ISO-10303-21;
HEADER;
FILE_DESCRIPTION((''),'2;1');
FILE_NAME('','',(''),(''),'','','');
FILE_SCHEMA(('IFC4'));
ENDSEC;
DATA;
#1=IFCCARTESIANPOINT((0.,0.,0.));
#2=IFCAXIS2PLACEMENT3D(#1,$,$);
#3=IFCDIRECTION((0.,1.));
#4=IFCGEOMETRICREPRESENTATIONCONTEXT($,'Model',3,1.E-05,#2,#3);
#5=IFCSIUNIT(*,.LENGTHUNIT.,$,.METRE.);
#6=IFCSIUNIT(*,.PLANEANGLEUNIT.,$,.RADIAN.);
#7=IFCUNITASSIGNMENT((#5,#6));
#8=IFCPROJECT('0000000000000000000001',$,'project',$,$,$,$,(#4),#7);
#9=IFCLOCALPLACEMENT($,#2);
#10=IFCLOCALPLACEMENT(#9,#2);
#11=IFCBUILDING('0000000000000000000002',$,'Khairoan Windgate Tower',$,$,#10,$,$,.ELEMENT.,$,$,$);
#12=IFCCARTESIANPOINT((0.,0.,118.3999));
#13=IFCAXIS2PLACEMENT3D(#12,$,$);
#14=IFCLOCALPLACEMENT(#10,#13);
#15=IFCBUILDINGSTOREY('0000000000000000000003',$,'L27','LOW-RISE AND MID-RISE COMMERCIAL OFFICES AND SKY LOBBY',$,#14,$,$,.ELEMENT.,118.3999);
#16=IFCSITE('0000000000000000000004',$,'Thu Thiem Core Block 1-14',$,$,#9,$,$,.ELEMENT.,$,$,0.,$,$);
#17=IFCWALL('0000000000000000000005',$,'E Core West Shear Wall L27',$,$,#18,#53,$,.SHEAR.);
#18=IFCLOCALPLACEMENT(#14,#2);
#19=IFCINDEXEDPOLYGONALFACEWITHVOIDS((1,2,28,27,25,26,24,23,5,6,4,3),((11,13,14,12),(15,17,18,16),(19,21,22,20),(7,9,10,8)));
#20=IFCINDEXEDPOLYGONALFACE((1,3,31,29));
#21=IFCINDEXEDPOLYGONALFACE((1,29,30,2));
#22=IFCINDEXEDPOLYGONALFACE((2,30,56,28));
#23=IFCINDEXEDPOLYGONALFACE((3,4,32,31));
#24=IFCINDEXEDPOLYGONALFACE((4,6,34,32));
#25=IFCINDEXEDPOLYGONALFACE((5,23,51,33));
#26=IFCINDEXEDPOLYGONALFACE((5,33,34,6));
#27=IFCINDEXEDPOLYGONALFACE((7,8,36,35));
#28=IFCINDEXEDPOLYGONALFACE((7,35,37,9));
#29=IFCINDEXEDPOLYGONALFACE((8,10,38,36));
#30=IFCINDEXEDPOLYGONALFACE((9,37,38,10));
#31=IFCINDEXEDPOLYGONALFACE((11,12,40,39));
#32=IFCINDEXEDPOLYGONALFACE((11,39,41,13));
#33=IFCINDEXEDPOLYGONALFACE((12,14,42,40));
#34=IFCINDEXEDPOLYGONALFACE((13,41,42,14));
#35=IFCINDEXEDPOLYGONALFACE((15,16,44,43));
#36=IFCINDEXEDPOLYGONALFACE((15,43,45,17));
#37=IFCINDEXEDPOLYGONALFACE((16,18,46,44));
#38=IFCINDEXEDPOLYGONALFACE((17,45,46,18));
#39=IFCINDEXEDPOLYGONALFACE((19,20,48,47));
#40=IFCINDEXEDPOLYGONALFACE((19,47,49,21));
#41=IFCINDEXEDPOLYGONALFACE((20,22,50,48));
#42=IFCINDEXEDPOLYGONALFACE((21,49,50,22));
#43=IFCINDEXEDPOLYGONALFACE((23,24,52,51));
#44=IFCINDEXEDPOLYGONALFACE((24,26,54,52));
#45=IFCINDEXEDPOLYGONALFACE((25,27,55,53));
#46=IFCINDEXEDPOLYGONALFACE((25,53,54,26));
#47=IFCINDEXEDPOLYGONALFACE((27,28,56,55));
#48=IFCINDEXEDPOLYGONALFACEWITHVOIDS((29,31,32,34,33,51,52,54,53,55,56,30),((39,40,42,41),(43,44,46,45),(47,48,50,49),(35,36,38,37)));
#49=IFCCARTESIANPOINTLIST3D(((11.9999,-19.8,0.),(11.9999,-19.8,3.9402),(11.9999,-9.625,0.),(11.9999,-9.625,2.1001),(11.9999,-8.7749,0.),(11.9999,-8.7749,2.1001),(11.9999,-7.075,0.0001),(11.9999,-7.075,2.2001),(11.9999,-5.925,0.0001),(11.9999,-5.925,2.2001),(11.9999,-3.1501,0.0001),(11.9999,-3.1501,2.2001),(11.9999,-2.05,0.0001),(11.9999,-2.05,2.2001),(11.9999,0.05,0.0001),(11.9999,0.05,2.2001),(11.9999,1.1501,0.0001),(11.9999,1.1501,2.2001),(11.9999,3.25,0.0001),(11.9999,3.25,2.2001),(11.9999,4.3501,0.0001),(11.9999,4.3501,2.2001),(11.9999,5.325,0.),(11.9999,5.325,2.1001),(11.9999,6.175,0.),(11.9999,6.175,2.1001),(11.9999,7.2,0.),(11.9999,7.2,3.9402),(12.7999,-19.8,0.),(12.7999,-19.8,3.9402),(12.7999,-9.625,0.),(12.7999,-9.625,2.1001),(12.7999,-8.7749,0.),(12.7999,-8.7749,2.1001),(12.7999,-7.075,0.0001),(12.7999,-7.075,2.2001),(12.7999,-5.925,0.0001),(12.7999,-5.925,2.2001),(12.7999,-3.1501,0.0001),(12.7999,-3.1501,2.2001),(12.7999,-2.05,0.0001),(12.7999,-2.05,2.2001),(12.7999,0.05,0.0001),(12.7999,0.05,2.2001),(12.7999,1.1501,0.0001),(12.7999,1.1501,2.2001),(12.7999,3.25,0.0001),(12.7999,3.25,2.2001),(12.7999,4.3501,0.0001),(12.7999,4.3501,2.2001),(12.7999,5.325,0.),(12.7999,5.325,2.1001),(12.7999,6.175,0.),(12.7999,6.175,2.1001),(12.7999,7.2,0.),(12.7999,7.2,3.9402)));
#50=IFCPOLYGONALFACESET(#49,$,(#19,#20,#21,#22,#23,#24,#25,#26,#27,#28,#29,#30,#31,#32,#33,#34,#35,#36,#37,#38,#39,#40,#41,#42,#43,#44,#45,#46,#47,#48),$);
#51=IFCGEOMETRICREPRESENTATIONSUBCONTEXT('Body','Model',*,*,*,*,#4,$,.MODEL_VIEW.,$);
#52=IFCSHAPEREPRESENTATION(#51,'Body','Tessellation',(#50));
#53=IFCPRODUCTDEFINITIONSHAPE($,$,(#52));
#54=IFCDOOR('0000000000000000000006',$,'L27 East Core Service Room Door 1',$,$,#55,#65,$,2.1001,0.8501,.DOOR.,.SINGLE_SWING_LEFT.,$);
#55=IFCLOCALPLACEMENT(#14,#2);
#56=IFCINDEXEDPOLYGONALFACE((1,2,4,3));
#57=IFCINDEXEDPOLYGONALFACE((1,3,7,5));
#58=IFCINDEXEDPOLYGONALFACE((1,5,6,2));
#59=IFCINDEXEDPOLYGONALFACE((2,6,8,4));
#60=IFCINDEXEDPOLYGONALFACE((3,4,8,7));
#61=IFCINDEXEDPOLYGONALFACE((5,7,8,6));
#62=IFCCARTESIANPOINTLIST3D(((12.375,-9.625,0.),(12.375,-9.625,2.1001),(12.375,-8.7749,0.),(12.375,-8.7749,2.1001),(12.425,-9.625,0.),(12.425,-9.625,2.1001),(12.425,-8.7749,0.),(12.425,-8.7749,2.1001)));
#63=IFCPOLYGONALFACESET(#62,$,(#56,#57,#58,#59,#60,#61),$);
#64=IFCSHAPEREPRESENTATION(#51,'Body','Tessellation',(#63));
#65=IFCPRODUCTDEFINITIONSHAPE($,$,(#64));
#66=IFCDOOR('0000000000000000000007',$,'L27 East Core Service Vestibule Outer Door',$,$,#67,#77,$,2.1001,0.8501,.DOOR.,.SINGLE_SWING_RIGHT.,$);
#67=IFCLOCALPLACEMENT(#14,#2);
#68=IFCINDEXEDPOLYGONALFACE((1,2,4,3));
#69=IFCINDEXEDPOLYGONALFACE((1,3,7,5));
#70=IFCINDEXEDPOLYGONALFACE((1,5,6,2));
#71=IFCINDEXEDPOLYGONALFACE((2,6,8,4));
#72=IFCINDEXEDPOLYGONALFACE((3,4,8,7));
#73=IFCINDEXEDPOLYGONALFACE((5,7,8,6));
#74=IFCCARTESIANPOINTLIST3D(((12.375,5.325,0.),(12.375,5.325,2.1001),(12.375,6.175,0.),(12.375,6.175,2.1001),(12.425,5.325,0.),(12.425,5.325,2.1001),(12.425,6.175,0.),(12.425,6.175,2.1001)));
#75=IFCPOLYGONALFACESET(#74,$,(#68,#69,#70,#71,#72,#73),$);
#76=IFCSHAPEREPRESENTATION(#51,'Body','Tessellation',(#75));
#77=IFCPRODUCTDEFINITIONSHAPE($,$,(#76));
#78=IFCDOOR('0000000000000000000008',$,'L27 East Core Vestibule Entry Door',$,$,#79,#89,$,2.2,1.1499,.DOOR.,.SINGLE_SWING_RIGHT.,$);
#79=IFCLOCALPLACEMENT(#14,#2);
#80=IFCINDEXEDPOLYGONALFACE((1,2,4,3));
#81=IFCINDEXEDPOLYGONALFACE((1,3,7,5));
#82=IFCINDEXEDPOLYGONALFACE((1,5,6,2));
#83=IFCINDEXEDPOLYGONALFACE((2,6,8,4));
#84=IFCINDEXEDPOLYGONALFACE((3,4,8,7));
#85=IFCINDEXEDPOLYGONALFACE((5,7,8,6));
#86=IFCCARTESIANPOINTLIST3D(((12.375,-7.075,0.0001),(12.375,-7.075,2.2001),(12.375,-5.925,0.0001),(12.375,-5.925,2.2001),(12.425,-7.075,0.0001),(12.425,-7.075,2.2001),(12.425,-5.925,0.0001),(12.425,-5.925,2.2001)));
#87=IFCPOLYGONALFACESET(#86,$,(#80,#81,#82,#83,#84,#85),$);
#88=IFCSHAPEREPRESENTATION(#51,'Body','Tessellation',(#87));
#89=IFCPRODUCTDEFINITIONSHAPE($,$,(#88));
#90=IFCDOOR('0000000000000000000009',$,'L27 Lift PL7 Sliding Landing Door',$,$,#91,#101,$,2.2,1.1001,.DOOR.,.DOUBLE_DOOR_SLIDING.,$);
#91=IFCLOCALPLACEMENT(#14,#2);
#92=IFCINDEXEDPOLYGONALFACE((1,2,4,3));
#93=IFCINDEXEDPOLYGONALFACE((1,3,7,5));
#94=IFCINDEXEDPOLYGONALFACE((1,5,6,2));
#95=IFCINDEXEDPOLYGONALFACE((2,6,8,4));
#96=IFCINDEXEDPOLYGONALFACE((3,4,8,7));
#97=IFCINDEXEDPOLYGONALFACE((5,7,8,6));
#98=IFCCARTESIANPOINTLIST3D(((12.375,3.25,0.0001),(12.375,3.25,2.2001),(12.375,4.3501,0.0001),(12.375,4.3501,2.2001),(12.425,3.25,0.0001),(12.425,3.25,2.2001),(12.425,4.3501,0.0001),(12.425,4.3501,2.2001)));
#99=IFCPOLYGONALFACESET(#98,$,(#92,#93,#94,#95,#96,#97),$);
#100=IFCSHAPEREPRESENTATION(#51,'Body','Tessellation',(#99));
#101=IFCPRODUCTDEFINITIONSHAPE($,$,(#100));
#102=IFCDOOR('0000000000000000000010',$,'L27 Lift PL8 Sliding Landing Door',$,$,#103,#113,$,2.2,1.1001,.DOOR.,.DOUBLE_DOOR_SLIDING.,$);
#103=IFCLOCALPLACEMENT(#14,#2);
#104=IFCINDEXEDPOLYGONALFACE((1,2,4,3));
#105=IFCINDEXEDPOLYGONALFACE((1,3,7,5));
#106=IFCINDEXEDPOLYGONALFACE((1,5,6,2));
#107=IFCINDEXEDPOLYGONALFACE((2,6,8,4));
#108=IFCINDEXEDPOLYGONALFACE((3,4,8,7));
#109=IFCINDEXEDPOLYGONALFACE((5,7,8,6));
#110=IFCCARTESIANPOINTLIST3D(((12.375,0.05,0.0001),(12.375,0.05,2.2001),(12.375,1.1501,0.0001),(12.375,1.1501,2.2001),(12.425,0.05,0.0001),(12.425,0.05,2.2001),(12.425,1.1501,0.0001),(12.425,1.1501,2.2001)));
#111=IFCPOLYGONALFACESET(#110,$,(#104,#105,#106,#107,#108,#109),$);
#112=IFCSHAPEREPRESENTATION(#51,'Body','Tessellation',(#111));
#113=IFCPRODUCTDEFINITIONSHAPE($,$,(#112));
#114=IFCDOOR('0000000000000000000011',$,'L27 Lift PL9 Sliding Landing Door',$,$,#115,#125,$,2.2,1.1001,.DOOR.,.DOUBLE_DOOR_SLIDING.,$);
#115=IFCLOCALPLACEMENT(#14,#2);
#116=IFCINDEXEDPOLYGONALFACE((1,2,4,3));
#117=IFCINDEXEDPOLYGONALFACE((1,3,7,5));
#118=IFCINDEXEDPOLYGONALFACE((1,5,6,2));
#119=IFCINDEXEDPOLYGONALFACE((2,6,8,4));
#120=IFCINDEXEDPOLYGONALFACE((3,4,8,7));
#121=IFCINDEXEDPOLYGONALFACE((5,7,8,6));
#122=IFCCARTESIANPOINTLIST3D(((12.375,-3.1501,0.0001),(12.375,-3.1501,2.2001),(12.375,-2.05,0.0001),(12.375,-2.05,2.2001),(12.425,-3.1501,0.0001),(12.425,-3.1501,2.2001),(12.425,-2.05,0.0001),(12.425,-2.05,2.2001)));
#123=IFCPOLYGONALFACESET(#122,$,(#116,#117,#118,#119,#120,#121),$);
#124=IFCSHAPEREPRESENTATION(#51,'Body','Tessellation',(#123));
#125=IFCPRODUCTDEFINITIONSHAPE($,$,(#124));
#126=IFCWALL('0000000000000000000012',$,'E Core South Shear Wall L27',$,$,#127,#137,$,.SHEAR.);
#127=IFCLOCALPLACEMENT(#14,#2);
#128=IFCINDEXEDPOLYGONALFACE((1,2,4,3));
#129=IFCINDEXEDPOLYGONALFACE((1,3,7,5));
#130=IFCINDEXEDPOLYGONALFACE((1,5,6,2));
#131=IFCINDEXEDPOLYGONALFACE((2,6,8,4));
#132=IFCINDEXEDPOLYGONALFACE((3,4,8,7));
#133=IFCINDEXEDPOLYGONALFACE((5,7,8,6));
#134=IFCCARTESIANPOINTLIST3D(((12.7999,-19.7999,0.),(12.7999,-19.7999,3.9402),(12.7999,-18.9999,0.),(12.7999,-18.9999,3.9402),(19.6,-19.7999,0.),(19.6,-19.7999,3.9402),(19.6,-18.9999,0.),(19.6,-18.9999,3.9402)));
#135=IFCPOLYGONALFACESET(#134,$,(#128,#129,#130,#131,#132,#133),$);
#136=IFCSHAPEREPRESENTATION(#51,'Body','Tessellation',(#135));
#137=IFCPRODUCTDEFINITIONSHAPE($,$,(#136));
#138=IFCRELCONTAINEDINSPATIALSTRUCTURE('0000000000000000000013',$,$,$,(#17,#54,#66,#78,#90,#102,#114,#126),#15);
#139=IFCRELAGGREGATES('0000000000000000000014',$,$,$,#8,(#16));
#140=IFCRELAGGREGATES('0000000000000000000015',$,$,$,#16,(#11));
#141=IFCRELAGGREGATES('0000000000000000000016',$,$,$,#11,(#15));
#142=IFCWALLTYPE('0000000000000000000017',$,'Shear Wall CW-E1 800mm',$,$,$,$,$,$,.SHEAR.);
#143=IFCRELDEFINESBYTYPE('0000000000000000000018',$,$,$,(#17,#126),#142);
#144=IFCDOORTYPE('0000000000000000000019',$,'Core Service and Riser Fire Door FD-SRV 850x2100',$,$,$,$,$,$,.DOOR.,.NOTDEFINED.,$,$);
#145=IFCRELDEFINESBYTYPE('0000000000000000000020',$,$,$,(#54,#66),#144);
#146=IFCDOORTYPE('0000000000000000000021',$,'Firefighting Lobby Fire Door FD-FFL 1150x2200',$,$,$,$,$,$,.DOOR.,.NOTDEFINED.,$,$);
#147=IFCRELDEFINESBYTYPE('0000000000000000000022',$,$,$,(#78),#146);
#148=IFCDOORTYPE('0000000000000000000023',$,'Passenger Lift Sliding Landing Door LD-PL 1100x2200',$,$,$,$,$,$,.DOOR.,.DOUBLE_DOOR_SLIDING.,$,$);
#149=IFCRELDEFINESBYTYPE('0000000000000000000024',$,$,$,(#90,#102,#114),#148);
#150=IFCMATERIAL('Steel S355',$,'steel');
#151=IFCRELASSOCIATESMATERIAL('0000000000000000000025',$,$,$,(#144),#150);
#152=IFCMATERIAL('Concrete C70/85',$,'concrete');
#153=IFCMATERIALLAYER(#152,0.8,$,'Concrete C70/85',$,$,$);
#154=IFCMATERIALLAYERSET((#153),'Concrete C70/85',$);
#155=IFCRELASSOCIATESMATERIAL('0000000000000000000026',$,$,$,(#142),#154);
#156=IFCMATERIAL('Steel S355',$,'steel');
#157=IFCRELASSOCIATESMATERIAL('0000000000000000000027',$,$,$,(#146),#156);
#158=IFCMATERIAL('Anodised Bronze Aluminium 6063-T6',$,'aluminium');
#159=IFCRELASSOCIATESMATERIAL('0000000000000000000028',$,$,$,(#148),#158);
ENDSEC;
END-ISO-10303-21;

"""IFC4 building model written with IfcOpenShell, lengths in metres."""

from ifc_helpers import new_model, si_unit, direction, frame, frame_2d, origin, place, context, subcontext, project, spatial, rectangle, extrude, material, layer, layer_set, type_object, element, fill, save


model = new_model("IFC4")

# Units and contexts
model_context = context("Model", 3, precision=1e-05, world=origin(), true_north=direction((0.0, 1.0)))
body_context = subcontext(model_context, "Body", "Model", "MODEL_VIEW")
ifc_project = project(units=[si_unit("LENGTHUNIT", "METRE"), si_unit("PLANEANGLEUNIT", "RADIAN")], contexts=[model_context])

# Site, building, storey
site_placement = place(None, origin())
site = spatial("IfcSite", under=ifc_project, at=site_placement, Name="Thu Thiem Core Block 1-14", CompositionType="ELEMENT", RefElevation=0.0)
building_placement = place(site_placement, origin())
building = spatial("IfcBuilding", under=site, at=building_placement, Name="Khairoan Windgate Tower", CompositionType="ELEMENT")
storey_placement = place(building_placement, frame((0.0, 0.0, 118.3999)))
storey = spatial("IfcBuildingStorey", under=building, at=storey_placement, Name="L27", Description="LOW-RISE AND MID-RISE COMMERCIAL OFFICES AND SKY LOBBY", CompositionType="ELEMENT", Elevation=118.3999)

# Shared definitions
ifc_material_1 = material(Name="Steel S355", Category="steel")
door_type_1 = type_object("IfcDoorType", Name="Core Service and Riser Fire Door FD-SRV 850x2100", OperationType="NOTDEFINED", PredefinedType="DOOR", material=ifc_material_1)

# Wall, openings, doors
ifc_material_2 = material(Name="Concrete C70/85", Category="concrete")
ifc_layer_1 = layer(ifc_material_2, 0.8, Name="Concrete C70/85")
ifc_layer_set_1 = layer_set([ifc_layer_1], Name="Concrete C70/85")
wall_type_1 = type_object("IfcWallType", Name="Shear Wall CW-E1 800mm", PredefinedType="SHEAR", material=ifc_layer_set_1)
wall_1_placement = place(storey_placement, frame((12.3999, -19.8, 0.0), z_axis=(0.0, 0.0, 1.0), x_axis=(0.0, 1.0, 0.0)))
wall_1 = element("IfcWall", 1, at=wall_1_placement, inside=storey, type_object=wall_type_1, Name="E Core West Shear Wall L27", PredefinedType="SHEAR", context=body_context, shape_type="SweptSolid", body=[
    extrude(rectangle(XDim=27.0, YDim=0.8, at=frame_2d((13.5, 0.0))), origin(), (0.0, 0.0, 1.0), 3.9402),
])
opening_1_placement = place(wall_1_placement, frame((23.05, 0.0, 0.0)))
opening_1 = element("IfcOpeningElement", 2, at=opening_1_placement, cuts=wall_1, PredefinedType="OPENING", context=body_context, shape_type="SweptSolid", body=[
    extrude(rectangle(XDim=1.1001, YDim=2.2, at=frame_2d((0.55, 1.1001))), frame((0.0, 0.4099, 0.0), z_axis=(0.0, -1.0, 0.0), x_axis=(1.0, 0.0, 0.0)), (0.0, 0.0, 1.0), 0.8201),
])
opening_2_placement = place(wall_1_placement, frame((19.8501, 0.0, 0.0)))
opening_2 = element("IfcOpeningElement", 3, at=opening_2_placement, cuts=wall_1, PredefinedType="OPENING", context=body_context, shape_type="SweptSolid", body=[
    extrude(rectangle(XDim=1.1001, YDim=2.2, at=frame_2d((0.55, 1.1001))), frame((0.0, 0.4099, 0.0), z_axis=(0.0, -1.0, 0.0), x_axis=(1.0, 0.0, 0.0)), (0.0, 0.0, 1.0), 0.8201),
])
opening_3_placement = place(wall_1_placement, frame((16.6499, 0.0, 0.0)))
opening_3 = element("IfcOpeningElement", 4, at=opening_3_placement, cuts=wall_1, PredefinedType="OPENING", context=body_context, shape_type="SweptSolid", body=[
    extrude(rectangle(XDim=1.1001, YDim=2.2, at=frame_2d((0.55, 1.1001))), frame((0.0, 0.4099, 0.0), z_axis=(0.0, -1.0, 0.0), x_axis=(1.0, 0.0, 0.0)), (0.0, 0.0, 1.0), 0.8201),
])
opening_4_placement = place(wall_1_placement, frame((10.175, 0.0, 0.0)))
opening_4 = element("IfcOpeningElement", 5, at=opening_4_placement, cuts=wall_1, PredefinedType="OPENING", context=body_context, shape_type="SweptSolid", body=[
    extrude(rectangle(XDim=0.8501, YDim=2.1001, at=frame_2d((0.425, 1.05))), frame((0.0, 0.4099, 0.0), z_axis=(0.0, -1.0, 0.0), x_axis=(1.0, 0.0, 0.0)), (0.0, 0.0, 1.0), 0.8201),
])
opening_5_placement = place(wall_1_placement, frame((12.7251, 0.0, 0.0)))
opening_5 = element("IfcOpeningElement", 6, at=opening_5_placement, cuts=wall_1, PredefinedType="OPENING", context=body_context, shape_type="SweptSolid", body=[
    extrude(rectangle(XDim=1.1499, YDim=2.2, at=frame_2d((0.575, 1.1001))), frame((0.0, 0.4099, 0.0), z_axis=(0.0, -1.0, 0.0), x_axis=(1.0, 0.0, 0.0)), (0.0, 0.0, 1.0), 0.8201),
])
opening_6_placement = place(wall_1_placement, frame((25.125, 0.0, 0.0)))
opening_6 = element("IfcOpeningElement", 7, at=opening_6_placement, cuts=wall_1, PredefinedType="OPENING", context=body_context, shape_type="SweptSolid", body=[
    extrude(rectangle(XDim=0.8501, YDim=2.1001, at=frame_2d((0.425, 1.05))), frame((0.0, 0.4099, 0.0), z_axis=(0.0, -1.0, 0.0), x_axis=(1.0, 0.0, 0.0)), (0.0, 0.0, 1.0), 0.8201),
])
door_1_placement = place(opening_4_placement, origin())
door_1 = element("IfcDoor", 8, at=door_1_placement, inside=storey, type_object=door_type_1, Name="L27 East Core Service Room Door 1", OperationType="SINGLE_SWING_LEFT", OverallHeight=2.1001, OverallWidth=0.8501, PredefinedType="DOOR", context=body_context, shape_type="SweptSolid", body=[
    extrude(rectangle(XDim=0.8501, YDim=2.1001, at=frame_2d((0.425, 1.05))), frame((0.0, 0.0249, 0.0), z_axis=(0.0, -1.0, 0.0), x_axis=(1.0, 0.0, 0.0)), (0.0, 0.0, 1.0), 0.05),
])
fill(opening_4, door_1)
door_2_placement = place(opening_6_placement, origin())
door_2 = element("IfcDoor", 9, at=door_2_placement, inside=storey, type_object=door_type_1, Name="L27 East Core Service Vestibule Outer Door", OperationType="SINGLE_SWING_RIGHT", OverallHeight=2.1001, OverallWidth=0.8501, PredefinedType="DOOR", context=body_context, shape_type="SweptSolid", body=[
    extrude(rectangle(XDim=0.8501, YDim=2.1001, at=frame_2d((0.425, 1.05))), frame((0.0, 0.0249, 0.0), z_axis=(0.0, -1.0, 0.0), x_axis=(1.0, 0.0, 0.0)), (0.0, 0.0, 1.0), 0.05),
])
fill(opening_6, door_2)
ifc_material_3 = material(Name="Steel S355", Category="steel")
door_type_2 = type_object("IfcDoorType", Name="Firefighting Lobby Fire Door FD-FFL 1150x2200", OperationType="NOTDEFINED", PredefinedType="DOOR", material=ifc_material_3)
door_3_placement = place(opening_5_placement, origin())
door_3 = element("IfcDoor", 10, at=door_3_placement, inside=storey, type_object=door_type_2, Name="L27 East Core Vestibule Entry Door", OperationType="SINGLE_SWING_RIGHT", OverallHeight=2.2, OverallWidth=1.1499, PredefinedType="DOOR", context=body_context, shape_type="SweptSolid", body=[
    extrude(rectangle(XDim=1.1499, YDim=2.2, at=frame_2d((0.575, 1.1001))), frame((0.0, 0.0249, 0.0), z_axis=(0.0, -1.0, 0.0), x_axis=(1.0, 0.0, 0.0)), (0.0, 0.0, 1.0), 0.05),
])
fill(opening_5, door_3)
ifc_material_4 = material(Name="Anodised Bronze Aluminium 6063-T6", Category="aluminium")
door_type_3 = type_object("IfcDoorType", Name="Passenger Lift Sliding Landing Door LD-PL 1100x2200", OperationType="DOUBLE_DOOR_SLIDING", PredefinedType="DOOR", material=ifc_material_4)
door_4_placement = place(opening_1_placement, origin())
door_4 = element("IfcDoor", 11, at=door_4_placement, inside=storey, type_object=door_type_3, Name="L27 Lift PL7 Sliding Landing Door", OperationType="DOUBLE_DOOR_SLIDING", OverallHeight=2.2, OverallWidth=1.1001, PredefinedType="DOOR", context=body_context, shape_type="SweptSolid", body=[
    extrude(rectangle(XDim=1.1001, YDim=2.2, at=frame_2d((0.55, 1.1001))), frame((0.0, 0.0249, 0.0), z_axis=(0.0, -1.0, 0.0), x_axis=(1.0, 0.0, 0.0)), (0.0, 0.0, 1.0), 0.05),
])
fill(opening_1, door_4)
door_5_placement = place(opening_2_placement, origin())
door_5 = element("IfcDoor", 12, at=door_5_placement, inside=storey, type_object=door_type_3, Name="L27 Lift PL8 Sliding Landing Door", OperationType="DOUBLE_DOOR_SLIDING", OverallHeight=2.2, OverallWidth=1.1001, PredefinedType="DOOR", context=body_context, shape_type="SweptSolid", body=[
    extrude(rectangle(XDim=1.1001, YDim=2.2, at=frame_2d((0.55, 1.1001))), frame((0.0, 0.0249, 0.0), z_axis=(0.0, -1.0, 0.0), x_axis=(1.0, 0.0, 0.0)), (0.0, 0.0, 1.0), 0.05),
])
fill(opening_2, door_5)
door_6_placement = place(opening_3_placement, origin())
door_6 = element("IfcDoor", 13, at=door_6_placement, inside=storey, type_object=door_type_3, Name="L27 Lift PL9 Sliding Landing Door", OperationType="DOUBLE_DOOR_SLIDING", OverallHeight=2.2, OverallWidth=1.1001, PredefinedType="DOOR", context=body_context, shape_type="SweptSolid", body=[
    extrude(rectangle(XDim=1.1001, YDim=2.2, at=frame_2d((0.55, 1.1001))), frame((0.0, 0.0249, 0.0), z_axis=(0.0, -1.0, 0.0), x_axis=(1.0, 0.0, 0.0)), (0.0, 0.0, 1.0), 0.05),
])
fill(opening_3, door_6)

# Wall
wall_2_placement = place(storey_placement, frame((12.8, -19.3999, 0.0), z_axis=(0.0, 0.0, 1.0), x_axis=(1.0, 0.0, 0.0)))
element("IfcWall", 14, at=wall_2_placement, inside=storey, type_object=wall_type_1, Name="E Core South Shear Wall L27", PredefinedType="SHEAR", context=body_context, shape_type="SweptSolid", body=[
    extrude(rectangle(XDim=6.8, YDim=0.8, at=frame_2d((3.3999, 0.0))), origin(), (0.0, 0.0, 1.0), 3.9402),
])

save(model, "model.ifc")
